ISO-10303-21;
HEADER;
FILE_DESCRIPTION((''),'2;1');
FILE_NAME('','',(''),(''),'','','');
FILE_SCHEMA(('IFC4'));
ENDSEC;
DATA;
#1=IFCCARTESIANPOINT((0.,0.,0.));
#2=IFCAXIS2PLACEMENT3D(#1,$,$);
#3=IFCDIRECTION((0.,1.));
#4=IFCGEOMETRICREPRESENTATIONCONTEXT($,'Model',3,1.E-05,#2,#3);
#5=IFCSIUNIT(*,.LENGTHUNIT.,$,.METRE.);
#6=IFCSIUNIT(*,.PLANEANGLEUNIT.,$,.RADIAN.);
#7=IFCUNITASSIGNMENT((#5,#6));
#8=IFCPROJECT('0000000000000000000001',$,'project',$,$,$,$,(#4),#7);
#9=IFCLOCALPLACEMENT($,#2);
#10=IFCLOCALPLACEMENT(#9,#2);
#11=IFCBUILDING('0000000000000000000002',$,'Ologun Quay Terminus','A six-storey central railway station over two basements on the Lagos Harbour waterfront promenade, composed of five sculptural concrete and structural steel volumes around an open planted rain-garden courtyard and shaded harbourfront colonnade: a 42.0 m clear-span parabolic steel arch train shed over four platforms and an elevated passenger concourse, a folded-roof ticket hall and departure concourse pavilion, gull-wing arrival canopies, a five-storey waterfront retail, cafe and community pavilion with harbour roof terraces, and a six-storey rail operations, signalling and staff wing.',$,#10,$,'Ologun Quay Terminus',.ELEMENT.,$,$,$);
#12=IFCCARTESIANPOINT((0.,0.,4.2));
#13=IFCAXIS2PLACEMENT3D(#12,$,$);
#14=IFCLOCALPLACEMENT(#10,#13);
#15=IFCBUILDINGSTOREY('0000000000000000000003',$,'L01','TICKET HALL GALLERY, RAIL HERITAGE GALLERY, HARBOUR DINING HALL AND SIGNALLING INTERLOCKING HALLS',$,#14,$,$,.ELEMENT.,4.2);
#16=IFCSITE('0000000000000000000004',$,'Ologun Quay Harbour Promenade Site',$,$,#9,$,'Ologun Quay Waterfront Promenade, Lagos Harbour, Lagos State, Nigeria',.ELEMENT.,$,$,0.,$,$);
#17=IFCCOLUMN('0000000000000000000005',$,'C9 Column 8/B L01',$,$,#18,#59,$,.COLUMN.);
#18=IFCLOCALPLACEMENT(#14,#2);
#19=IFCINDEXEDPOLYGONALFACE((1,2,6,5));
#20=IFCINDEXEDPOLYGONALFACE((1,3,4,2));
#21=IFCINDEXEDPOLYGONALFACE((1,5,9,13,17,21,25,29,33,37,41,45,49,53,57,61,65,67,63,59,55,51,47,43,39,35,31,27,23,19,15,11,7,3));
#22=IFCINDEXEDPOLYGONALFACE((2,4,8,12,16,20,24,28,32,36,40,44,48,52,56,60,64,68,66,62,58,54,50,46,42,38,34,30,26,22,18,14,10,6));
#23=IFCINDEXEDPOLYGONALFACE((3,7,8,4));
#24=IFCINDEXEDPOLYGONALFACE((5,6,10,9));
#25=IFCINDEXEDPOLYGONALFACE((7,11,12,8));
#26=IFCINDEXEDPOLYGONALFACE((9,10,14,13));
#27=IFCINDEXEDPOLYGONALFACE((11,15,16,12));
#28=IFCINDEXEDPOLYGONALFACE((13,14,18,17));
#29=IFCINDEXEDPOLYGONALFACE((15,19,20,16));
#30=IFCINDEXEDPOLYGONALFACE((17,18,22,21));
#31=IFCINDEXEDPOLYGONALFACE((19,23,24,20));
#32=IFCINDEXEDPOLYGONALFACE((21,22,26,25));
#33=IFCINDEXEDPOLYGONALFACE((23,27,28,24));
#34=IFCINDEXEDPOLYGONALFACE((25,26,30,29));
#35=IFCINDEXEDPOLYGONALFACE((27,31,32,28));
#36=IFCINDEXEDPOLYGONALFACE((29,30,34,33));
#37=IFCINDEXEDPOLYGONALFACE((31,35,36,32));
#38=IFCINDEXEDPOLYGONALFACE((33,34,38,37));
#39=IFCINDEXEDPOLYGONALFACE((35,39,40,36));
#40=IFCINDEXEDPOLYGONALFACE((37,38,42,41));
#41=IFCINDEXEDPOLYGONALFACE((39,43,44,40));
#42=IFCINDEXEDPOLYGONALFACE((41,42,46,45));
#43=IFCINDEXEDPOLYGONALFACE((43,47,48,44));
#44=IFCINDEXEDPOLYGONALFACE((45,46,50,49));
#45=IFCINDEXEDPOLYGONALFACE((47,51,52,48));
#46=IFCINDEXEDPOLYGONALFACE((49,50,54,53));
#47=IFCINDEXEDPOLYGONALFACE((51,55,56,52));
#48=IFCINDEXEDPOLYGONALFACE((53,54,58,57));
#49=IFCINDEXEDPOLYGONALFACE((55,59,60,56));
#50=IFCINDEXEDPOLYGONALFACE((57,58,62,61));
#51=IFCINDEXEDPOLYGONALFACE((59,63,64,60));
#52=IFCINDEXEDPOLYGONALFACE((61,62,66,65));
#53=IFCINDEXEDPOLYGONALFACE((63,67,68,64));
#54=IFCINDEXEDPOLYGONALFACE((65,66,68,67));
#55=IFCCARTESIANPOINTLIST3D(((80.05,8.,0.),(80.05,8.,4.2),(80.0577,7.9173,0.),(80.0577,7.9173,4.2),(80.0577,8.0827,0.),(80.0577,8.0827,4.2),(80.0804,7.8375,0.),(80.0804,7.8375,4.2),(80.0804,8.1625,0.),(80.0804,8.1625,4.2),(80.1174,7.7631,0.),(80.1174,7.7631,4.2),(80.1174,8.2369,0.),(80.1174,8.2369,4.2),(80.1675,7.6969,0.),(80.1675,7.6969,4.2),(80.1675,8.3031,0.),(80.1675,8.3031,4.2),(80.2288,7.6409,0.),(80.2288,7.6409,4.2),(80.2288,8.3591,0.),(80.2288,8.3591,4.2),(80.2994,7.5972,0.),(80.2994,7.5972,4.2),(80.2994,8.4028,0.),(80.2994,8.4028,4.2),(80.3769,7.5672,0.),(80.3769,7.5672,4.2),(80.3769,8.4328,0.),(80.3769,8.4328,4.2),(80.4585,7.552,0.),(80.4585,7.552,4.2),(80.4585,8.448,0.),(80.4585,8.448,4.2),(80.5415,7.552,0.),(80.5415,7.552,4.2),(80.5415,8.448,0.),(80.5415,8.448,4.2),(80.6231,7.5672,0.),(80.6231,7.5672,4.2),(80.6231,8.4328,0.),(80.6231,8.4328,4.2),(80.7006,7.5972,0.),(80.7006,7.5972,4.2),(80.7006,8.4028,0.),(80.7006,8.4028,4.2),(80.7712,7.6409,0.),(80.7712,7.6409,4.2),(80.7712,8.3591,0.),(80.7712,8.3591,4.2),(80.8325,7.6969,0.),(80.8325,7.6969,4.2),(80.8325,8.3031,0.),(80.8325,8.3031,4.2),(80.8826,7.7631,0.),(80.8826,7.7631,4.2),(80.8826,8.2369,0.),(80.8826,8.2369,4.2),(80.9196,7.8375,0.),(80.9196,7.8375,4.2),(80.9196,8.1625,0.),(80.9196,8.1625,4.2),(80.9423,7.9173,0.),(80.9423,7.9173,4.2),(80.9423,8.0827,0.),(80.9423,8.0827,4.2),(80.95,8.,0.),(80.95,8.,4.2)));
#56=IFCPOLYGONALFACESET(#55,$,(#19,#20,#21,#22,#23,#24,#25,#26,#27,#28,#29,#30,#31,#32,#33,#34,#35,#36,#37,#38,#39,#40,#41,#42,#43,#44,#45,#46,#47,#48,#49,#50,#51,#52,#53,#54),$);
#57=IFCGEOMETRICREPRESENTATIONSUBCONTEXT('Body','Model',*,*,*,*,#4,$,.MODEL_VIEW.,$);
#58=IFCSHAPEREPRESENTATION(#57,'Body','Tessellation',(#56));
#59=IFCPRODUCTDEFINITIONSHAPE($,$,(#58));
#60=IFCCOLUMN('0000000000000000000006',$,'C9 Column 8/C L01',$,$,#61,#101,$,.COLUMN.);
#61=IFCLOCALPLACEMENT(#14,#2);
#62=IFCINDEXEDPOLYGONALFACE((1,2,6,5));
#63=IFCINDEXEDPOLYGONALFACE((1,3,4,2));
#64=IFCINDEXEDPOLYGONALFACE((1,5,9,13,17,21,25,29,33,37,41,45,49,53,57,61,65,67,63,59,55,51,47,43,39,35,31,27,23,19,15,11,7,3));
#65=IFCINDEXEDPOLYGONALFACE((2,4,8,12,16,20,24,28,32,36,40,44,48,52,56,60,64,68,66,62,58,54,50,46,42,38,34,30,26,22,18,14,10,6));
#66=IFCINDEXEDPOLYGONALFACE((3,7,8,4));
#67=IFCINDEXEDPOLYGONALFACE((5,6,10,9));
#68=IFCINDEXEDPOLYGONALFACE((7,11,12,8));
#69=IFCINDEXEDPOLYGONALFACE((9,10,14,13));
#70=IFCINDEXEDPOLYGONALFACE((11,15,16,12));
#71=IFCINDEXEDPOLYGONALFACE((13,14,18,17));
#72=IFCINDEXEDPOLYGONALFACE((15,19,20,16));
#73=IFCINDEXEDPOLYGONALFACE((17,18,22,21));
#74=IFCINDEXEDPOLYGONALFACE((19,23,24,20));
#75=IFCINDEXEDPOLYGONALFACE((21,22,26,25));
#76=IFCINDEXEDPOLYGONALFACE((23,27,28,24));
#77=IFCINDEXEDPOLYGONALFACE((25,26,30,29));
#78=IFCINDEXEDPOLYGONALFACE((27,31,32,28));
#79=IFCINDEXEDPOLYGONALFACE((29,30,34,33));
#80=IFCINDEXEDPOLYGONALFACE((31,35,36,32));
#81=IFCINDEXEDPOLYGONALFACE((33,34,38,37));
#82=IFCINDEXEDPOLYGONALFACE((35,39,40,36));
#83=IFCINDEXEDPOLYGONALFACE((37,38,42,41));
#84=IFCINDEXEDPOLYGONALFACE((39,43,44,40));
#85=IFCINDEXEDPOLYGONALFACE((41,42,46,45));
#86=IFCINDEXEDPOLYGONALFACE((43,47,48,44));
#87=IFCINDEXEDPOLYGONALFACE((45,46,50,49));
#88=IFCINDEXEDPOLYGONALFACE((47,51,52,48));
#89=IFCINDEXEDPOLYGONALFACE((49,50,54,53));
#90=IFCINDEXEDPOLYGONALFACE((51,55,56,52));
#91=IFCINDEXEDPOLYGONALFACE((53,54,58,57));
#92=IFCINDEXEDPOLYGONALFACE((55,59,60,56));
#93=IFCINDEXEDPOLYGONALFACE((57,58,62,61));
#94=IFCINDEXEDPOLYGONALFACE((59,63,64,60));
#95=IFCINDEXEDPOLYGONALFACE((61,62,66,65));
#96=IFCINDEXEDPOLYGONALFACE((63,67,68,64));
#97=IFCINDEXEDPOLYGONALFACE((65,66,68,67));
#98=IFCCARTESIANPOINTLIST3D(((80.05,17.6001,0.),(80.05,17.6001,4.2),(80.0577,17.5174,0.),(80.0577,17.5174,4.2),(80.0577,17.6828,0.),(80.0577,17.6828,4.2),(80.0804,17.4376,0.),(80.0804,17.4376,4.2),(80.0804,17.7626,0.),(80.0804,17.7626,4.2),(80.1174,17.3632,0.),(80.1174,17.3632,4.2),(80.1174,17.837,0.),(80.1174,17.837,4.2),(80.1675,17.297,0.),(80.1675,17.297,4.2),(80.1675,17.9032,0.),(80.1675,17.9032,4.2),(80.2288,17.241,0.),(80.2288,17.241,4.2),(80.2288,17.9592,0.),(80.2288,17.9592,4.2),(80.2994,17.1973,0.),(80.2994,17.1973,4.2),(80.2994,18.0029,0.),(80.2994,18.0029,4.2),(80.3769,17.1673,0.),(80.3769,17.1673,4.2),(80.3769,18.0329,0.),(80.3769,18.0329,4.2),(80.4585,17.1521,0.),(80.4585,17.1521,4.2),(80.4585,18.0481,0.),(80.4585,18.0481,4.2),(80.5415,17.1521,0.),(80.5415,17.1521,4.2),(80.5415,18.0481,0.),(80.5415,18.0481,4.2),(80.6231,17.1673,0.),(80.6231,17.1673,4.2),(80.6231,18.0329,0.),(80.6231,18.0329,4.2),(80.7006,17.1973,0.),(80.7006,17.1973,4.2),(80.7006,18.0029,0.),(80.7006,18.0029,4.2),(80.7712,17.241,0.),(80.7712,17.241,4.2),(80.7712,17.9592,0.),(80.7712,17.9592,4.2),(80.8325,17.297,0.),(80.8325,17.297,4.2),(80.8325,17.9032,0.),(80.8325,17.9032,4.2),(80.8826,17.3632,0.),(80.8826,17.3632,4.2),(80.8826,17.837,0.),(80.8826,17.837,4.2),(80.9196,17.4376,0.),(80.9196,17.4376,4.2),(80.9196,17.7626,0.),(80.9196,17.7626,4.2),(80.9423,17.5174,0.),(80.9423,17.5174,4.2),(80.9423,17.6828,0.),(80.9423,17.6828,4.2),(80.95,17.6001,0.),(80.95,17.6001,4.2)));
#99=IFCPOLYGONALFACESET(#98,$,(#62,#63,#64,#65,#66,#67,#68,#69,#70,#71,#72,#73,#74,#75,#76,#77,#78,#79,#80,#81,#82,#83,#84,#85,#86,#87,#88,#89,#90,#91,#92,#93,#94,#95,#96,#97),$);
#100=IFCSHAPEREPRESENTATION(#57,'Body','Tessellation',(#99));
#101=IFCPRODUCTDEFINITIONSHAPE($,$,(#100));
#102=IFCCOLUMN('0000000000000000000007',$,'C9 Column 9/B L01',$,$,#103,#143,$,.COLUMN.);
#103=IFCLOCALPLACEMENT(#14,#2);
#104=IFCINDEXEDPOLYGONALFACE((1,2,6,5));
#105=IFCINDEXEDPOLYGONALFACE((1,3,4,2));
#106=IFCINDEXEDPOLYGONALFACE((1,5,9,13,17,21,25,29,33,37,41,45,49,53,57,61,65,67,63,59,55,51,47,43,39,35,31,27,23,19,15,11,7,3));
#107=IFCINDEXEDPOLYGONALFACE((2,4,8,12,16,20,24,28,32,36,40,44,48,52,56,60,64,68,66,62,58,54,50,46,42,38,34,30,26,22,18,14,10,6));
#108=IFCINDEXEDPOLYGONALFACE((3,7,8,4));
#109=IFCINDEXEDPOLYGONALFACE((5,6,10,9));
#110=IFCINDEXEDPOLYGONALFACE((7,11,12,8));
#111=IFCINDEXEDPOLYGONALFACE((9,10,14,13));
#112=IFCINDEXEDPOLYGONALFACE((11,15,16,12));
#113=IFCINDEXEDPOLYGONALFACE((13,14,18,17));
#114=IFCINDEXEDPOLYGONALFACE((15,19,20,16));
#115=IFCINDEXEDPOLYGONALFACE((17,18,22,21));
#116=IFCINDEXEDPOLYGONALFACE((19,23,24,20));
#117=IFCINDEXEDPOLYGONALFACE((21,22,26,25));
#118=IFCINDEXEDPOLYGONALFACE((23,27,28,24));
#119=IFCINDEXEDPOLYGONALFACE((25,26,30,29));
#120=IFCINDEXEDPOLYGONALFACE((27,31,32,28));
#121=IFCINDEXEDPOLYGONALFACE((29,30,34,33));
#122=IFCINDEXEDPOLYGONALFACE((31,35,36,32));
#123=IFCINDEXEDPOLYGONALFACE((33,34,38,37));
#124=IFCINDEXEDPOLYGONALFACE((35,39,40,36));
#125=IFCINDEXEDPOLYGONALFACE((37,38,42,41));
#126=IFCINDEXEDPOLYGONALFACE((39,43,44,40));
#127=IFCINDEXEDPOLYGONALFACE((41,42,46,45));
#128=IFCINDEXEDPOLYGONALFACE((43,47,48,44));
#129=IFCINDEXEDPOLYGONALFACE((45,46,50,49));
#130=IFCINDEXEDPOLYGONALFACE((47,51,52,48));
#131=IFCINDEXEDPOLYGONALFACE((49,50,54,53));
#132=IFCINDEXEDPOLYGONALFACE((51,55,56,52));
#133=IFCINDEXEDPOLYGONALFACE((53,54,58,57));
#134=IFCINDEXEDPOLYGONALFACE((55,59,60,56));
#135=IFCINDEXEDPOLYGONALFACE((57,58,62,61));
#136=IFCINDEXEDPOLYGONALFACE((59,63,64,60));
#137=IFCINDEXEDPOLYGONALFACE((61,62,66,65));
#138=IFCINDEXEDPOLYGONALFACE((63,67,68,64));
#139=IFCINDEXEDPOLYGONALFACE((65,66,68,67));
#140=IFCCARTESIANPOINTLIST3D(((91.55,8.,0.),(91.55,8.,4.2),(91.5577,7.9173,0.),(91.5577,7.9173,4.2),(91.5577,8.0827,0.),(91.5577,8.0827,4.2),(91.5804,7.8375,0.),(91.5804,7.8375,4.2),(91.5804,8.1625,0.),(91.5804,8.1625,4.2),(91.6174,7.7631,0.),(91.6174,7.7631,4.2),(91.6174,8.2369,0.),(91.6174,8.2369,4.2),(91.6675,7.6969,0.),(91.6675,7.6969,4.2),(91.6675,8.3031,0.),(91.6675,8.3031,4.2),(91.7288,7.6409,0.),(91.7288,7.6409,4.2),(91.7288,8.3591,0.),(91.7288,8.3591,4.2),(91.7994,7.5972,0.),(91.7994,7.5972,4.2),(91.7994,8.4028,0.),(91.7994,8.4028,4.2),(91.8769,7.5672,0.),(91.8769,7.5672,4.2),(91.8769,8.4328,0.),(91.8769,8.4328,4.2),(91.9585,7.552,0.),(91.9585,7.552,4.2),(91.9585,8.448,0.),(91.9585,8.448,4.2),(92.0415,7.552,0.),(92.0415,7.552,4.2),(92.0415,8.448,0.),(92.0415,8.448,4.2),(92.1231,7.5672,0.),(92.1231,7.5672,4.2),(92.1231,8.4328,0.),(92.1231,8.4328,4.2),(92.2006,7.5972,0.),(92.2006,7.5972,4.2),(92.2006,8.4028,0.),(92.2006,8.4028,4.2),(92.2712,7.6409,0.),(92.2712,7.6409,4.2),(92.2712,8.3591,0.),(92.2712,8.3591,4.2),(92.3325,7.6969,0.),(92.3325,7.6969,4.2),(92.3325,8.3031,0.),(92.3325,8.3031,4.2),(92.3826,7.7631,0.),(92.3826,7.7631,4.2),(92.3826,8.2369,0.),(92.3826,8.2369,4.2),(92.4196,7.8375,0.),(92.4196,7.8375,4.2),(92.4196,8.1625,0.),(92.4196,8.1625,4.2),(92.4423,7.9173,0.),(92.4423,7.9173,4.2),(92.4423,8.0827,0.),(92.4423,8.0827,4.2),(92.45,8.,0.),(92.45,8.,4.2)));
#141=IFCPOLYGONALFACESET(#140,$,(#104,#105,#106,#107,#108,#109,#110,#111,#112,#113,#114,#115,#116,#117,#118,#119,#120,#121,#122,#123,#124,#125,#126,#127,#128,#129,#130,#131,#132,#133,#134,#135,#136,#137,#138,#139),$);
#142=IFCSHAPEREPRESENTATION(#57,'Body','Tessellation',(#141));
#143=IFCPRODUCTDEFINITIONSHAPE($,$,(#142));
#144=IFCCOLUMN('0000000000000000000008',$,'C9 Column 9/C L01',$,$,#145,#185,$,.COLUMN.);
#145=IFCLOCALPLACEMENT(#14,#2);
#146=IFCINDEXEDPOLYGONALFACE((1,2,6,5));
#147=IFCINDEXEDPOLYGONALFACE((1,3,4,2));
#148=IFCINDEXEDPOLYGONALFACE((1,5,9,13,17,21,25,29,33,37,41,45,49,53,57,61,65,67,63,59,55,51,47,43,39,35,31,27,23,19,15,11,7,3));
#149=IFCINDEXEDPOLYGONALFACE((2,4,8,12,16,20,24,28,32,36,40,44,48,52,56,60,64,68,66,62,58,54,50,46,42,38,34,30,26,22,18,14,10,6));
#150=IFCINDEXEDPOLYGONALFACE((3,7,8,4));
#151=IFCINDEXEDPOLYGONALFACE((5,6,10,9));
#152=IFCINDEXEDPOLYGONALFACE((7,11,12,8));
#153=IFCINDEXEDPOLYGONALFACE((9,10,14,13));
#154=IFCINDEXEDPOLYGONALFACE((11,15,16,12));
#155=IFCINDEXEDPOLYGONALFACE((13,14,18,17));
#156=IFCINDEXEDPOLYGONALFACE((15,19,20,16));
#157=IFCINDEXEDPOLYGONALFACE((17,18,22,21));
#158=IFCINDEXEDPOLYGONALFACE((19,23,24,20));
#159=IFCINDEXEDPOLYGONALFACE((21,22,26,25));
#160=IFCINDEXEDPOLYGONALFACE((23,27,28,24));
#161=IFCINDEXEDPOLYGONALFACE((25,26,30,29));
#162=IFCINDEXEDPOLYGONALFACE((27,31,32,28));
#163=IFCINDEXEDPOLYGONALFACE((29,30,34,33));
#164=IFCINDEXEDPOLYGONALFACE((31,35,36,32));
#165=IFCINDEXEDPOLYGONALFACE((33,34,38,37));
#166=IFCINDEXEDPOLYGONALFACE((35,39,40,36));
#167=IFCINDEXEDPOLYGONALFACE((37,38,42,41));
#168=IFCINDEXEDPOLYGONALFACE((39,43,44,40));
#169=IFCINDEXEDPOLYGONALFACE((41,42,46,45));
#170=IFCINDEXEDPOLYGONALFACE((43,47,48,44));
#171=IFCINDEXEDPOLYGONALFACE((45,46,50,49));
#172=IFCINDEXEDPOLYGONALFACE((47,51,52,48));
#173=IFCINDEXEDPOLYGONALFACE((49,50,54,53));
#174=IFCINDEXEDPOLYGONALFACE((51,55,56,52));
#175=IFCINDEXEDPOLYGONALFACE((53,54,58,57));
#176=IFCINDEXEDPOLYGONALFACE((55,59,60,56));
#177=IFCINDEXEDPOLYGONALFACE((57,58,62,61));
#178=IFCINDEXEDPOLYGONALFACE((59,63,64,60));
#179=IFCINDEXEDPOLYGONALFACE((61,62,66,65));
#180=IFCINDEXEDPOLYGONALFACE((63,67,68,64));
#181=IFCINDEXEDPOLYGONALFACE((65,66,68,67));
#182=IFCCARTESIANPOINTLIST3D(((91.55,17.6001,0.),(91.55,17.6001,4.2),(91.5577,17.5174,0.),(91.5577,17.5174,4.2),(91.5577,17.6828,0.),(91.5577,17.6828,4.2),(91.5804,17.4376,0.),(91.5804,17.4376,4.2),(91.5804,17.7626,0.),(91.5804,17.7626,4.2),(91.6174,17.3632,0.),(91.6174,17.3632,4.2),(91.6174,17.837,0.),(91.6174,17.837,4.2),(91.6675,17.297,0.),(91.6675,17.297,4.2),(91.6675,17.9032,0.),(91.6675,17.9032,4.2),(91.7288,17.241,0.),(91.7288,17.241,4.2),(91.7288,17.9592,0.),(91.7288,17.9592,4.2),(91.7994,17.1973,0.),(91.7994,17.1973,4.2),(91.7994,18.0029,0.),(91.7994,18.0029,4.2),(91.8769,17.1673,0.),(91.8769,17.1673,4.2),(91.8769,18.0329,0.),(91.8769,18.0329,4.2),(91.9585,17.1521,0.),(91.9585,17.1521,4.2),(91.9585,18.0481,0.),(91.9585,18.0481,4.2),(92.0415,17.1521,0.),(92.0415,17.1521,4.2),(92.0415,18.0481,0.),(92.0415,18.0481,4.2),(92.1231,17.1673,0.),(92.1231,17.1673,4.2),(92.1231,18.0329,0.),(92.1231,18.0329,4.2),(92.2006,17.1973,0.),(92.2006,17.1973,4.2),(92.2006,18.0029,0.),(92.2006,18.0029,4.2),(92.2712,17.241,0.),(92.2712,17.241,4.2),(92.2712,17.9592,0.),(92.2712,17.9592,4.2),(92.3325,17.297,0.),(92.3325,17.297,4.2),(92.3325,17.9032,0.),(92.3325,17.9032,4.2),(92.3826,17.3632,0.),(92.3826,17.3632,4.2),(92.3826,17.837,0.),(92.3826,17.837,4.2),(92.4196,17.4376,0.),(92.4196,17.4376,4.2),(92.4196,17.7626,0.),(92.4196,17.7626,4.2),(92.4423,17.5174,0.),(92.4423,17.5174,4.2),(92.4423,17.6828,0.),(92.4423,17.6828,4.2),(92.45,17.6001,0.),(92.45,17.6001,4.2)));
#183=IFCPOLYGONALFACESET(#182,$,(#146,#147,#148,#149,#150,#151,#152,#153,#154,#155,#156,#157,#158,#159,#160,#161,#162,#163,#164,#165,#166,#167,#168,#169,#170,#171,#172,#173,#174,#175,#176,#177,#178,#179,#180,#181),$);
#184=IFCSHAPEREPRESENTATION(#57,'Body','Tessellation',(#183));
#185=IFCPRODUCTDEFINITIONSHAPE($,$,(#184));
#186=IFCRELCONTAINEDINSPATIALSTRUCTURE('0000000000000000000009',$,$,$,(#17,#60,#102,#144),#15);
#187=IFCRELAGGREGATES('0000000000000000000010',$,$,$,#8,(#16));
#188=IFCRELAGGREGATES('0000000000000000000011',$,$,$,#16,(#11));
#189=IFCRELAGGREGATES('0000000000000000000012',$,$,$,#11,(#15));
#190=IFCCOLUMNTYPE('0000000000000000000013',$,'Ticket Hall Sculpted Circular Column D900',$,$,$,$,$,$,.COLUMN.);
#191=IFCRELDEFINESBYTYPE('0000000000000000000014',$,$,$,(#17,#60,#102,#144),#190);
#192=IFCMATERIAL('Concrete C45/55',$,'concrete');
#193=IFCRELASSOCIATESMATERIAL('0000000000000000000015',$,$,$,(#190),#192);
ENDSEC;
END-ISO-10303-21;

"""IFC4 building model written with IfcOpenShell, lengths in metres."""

from ifc_helpers import new_model, si_unit, direction, frame, origin, origin_2d, place, context, subcontext, project, spatial, circle, extrude, material, material_profile, profile_set, type_object, element, save


model = new_model("IFC4")

# Units and contexts
model_context = context("Model", 3, precision=1e-05, world=origin(), true_north=direction((0.0, 1.0)))
body_context = subcontext(model_context, "Body", "Model", "MODEL_VIEW")
ifc_project = project(units=[si_unit("LENGTHUNIT", "METRE"), si_unit("PLANEANGLEUNIT", "RADIAN")], contexts=[model_context])

# Site, building, storey
site_placement = place(None, origin())
site = spatial("IfcSite", under=ifc_project, at=site_placement, Name="Ologun Quay Harbour Promenade Site", LongName="Ologun Quay Waterfront Promenade, Lagos Harbour, Lagos State, Nigeria", CompositionType="ELEMENT", RefElevation=0.0)
building_placement = place(site_placement, origin())
building = spatial("IfcBuilding", under=site, at=building_placement, Name="Ologun Quay Terminus", Description="A six-storey central railway station over two basements on the Lagos Harbour waterfront promenade, composed of five sculptural concrete and structural steel volumes around an open planted rain-garden courtyard and shaded harbourfront colonnade: a 42.0 m clear-span parabolic steel arch train shed over four platforms and an elevated passenger concourse, a folded-roof ticket hall and departure concourse pavilion, gull-wing arrival canopies, a five-storey waterfront retail, cafe and community pavilion with harbour roof terraces, and a six-storey rail operations, signalling and staff wing.", LongName="Ologun Quay Terminus", CompositionType="ELEMENT")
storey_placement = place(building_placement, frame((0.0, 0.0, 4.2)))
storey = spatial("IfcBuildingStorey", under=building, at=storey_placement, Name="L01", Description="TICKET HALL GALLERY, RAIL HERITAGE GALLERY, HARBOUR DINING HALL AND SIGNALLING INTERLOCKING HALLS", CompositionType="ELEMENT", Elevation=4.2)

# Columns
ifc_material_1 = material(Name="Concrete C45/55", Category="concrete")
ifc_material_profile_1 = material_profile(ifc_material_1, circle(Radius=0.45, at=origin_2d()), Name="RC D900")
ifc_profile_set_1 = profile_set([ifc_material_profile_1], Name="Concrete C45/55")
column_type = type_object("IfcColumnType", Name="Ticket Hall Sculpted Circular Column D900", PredefinedType="COLUMN", material=ifc_profile_set_1)
for number, where, z_axis, x_axis, name in (
    (1, (80.5, 8.0, 0.0), (0.0, 0.0, 1.0), (1.0, 0.0, 0.0), "C9 Column 8/B L01"),
    (2, (80.5, 17.6001, 0.0), (0.0, 0.0, 1.0), (1.0, 0.0, 0.0), "C9 Column 8/C L01"),
    (3, (92.0, 8.0, 0.0), (0.0, 0.0, 1.0), (1.0, 0.0, 0.0), "C9 Column 9/B L01"),
    (4, (92.0, 17.6001, 0.0), (0.0, 0.0, 1.0), (1.0, 0.0, 0.0), "C9 Column 9/C L01"),
):
    element("IfcColumn", number, at=place(storey_placement, frame(where, z_axis=z_axis, x_axis=x_axis)), inside=storey, type_object=column_type, Name=name, PredefinedType="COLUMN", context=body_context, shape_type="SweptSolid", body=[
        extrude(circle(Radius=0.45, at=origin_2d()), origin(), (0.0, 0.0, 1.0), 4.2),
    ])

save(model, "model.ifc")
